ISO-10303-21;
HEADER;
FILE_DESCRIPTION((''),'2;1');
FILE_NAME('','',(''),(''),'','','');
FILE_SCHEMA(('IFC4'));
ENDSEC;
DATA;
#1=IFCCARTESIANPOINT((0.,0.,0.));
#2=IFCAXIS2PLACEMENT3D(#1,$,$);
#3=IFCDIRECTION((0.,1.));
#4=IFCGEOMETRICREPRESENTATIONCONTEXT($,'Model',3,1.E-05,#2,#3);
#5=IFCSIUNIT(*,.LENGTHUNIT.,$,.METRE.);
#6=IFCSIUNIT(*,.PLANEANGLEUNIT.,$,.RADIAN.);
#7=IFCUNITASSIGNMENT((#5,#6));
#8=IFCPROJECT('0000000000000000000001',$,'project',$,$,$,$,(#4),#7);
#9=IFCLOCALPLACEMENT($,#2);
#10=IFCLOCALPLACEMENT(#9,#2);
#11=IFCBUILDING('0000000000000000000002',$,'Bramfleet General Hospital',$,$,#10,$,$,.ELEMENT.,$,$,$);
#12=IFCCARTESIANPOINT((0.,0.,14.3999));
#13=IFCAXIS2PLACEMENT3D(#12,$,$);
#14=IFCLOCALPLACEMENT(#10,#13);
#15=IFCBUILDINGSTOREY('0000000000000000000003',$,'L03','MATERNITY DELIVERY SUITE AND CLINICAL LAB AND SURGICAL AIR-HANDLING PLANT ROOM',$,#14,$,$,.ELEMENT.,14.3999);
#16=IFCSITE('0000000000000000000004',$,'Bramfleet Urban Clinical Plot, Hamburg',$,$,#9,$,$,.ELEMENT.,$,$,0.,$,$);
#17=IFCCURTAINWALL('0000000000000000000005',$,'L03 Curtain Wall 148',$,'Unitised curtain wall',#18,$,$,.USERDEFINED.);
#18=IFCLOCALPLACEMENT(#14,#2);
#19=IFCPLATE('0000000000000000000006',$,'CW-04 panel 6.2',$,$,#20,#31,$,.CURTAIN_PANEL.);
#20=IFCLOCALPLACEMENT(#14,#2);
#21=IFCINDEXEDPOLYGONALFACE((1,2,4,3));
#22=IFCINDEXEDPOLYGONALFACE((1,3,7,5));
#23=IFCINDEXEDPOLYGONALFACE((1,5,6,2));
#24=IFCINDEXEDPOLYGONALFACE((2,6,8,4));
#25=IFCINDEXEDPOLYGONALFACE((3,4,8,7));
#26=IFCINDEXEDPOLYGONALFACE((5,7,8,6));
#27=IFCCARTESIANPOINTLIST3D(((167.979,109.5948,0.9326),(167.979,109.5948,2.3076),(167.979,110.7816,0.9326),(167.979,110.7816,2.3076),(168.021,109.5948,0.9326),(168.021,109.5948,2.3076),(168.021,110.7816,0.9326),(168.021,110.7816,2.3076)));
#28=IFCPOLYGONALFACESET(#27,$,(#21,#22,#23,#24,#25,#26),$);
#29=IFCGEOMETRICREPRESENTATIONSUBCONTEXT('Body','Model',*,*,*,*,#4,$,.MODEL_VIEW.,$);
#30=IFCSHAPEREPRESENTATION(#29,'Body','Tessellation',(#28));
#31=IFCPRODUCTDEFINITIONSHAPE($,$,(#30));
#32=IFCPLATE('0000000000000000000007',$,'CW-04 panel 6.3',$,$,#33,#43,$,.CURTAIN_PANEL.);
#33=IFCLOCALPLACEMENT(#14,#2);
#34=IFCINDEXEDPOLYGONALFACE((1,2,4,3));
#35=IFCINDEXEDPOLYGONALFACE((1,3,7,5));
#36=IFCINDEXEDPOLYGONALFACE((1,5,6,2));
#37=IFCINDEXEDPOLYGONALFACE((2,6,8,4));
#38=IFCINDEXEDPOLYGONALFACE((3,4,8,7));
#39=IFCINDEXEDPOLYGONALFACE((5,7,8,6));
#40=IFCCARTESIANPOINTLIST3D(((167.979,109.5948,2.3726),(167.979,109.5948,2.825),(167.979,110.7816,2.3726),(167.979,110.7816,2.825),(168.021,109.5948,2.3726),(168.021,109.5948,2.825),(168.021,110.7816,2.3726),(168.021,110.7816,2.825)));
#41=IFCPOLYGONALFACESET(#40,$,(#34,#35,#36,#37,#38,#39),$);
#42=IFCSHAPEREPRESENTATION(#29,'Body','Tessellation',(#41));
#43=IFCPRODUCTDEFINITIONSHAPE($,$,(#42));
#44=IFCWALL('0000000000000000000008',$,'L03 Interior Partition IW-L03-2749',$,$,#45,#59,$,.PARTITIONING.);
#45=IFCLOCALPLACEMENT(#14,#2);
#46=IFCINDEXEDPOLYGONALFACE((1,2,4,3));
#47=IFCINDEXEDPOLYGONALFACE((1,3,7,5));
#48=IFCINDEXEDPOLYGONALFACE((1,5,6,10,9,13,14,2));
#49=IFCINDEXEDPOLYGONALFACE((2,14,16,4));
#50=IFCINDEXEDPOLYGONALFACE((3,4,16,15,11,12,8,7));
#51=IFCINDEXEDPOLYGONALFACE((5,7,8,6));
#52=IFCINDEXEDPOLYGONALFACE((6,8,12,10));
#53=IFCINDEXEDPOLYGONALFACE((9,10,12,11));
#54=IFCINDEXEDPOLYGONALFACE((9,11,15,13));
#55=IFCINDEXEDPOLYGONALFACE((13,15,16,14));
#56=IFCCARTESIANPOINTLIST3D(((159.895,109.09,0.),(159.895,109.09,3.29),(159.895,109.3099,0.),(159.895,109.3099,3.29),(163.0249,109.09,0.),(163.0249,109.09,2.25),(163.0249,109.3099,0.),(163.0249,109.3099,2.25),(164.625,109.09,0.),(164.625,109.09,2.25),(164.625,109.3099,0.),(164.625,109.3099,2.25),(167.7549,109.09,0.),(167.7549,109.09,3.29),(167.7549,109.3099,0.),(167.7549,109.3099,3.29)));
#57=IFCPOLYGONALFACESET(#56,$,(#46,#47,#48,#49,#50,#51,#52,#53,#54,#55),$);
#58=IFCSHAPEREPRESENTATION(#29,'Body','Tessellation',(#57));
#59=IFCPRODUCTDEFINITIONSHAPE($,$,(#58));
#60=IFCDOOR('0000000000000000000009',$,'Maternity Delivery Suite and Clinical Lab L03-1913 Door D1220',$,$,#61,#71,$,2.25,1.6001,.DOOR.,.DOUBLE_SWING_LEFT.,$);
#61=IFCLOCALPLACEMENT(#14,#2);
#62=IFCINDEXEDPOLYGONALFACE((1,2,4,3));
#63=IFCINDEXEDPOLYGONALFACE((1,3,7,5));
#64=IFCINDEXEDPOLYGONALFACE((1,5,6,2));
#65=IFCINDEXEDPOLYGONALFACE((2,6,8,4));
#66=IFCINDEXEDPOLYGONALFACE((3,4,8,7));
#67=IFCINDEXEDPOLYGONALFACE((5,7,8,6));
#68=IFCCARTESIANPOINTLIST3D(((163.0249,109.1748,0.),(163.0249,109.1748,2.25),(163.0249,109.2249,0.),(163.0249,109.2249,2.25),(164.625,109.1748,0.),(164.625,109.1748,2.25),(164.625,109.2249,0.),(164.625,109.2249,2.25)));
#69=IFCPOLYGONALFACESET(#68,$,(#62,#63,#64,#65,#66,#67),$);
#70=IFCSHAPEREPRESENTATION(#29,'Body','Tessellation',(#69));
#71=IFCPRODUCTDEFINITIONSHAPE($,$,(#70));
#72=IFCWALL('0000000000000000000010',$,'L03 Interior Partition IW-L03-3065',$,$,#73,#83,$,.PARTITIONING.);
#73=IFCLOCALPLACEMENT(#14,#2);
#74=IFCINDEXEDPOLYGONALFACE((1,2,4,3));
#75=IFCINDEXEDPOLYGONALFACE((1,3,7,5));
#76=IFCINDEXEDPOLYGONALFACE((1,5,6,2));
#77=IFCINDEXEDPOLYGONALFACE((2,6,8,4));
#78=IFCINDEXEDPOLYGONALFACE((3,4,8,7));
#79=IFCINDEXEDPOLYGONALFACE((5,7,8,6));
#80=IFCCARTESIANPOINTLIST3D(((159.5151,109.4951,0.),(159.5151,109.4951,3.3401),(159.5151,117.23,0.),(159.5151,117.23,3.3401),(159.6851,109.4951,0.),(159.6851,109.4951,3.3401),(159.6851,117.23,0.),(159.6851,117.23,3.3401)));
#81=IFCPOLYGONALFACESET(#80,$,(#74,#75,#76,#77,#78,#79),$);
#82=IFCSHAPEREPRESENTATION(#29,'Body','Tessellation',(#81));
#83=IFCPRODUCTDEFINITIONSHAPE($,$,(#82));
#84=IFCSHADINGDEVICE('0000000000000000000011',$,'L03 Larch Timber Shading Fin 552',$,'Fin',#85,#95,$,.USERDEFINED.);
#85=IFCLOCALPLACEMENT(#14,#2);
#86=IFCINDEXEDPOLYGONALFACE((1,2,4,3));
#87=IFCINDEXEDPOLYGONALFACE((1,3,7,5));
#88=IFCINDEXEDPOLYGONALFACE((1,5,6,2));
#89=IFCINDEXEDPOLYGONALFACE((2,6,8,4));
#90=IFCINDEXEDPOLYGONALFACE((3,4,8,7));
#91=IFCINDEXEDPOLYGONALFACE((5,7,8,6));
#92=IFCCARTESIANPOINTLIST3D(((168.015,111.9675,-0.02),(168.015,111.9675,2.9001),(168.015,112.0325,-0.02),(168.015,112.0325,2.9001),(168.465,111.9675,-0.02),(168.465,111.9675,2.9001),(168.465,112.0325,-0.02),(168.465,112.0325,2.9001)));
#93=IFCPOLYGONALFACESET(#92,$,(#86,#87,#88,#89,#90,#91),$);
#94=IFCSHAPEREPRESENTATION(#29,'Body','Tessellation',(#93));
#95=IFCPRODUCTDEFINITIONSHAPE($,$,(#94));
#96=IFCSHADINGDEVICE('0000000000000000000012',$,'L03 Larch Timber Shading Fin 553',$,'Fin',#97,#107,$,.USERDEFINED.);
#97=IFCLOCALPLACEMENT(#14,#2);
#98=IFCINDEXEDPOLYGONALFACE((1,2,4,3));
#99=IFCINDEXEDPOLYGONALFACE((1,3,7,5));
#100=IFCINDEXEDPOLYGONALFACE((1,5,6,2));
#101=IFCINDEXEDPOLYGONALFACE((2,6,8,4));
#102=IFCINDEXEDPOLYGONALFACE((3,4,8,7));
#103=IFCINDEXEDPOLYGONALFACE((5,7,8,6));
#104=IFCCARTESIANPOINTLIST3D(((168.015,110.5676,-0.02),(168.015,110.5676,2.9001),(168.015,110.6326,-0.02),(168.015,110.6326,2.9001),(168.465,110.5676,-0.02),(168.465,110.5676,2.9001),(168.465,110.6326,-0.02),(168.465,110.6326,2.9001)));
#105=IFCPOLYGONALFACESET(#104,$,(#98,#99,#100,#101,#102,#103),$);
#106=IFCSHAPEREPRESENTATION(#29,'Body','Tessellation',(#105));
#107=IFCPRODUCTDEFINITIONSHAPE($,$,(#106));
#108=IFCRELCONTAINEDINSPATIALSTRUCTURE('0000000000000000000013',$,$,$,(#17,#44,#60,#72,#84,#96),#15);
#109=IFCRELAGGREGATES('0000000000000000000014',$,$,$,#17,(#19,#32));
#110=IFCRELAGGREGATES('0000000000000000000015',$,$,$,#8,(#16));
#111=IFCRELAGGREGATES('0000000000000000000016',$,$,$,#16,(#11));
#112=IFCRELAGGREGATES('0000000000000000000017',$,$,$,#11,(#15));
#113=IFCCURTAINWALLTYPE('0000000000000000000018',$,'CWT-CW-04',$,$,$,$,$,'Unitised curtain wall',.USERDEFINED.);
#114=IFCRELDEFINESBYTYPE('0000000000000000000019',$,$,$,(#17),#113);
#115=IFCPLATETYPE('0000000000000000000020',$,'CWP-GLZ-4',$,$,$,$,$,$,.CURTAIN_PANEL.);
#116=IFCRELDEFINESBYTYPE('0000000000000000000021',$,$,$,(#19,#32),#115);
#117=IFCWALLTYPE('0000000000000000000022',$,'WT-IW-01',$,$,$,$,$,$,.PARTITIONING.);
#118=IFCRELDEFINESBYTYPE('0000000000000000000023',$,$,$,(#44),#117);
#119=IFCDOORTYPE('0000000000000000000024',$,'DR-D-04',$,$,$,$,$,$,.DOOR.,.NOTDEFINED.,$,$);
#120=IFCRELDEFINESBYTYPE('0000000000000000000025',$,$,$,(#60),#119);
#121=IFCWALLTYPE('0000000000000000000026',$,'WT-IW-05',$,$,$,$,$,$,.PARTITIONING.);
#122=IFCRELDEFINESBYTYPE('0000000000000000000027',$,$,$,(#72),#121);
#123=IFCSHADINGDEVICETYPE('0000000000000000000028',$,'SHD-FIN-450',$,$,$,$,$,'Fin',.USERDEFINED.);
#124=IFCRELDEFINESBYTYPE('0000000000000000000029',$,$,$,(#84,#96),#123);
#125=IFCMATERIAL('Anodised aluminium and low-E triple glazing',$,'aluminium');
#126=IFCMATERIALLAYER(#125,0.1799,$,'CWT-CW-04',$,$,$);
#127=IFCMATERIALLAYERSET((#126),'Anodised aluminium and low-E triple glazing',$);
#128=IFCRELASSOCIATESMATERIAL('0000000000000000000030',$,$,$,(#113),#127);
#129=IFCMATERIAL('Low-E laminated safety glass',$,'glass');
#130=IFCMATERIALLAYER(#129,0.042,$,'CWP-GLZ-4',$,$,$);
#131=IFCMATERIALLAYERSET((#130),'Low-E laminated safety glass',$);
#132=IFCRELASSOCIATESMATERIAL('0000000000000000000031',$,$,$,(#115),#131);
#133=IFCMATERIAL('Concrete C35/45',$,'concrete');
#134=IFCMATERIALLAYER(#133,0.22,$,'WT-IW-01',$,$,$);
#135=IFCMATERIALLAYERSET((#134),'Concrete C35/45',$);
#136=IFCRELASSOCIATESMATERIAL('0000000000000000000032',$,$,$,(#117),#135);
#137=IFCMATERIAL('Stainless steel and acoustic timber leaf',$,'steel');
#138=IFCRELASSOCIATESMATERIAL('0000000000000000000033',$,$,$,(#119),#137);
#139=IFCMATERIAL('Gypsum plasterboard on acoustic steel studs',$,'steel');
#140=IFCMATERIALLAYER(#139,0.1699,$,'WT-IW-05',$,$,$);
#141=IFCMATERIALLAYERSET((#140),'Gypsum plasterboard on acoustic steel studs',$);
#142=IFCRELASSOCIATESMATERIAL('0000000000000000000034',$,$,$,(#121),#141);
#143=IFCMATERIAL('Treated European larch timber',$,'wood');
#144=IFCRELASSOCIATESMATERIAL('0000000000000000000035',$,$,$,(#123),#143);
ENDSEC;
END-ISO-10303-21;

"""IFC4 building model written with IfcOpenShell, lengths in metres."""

from ifc_helpers import new_model, si_unit, direction, frame, frame_2d, origin, origin_2d, place, context, subcontext, project, spatial, rectangle, extrude, material, layer, layer_set, material_profile, profile_set, type_object, element, fill, aggregate, save


model = new_model("IFC4")

# Units and contexts
model_context = context("Model", 3, precision=1e-05, world=origin(), true_north=direction((0.0, 1.0)))
body_context = subcontext(model_context, "Body", "Model", "MODEL_VIEW")
ifc_project = project(units=[si_unit("LENGTHUNIT", "METRE"), si_unit("PLANEANGLEUNIT", "RADIAN")], contexts=[model_context])

# Site, building, storey
site_placement = place(None, origin())
site = spatial("IfcSite", under=ifc_project, at=site_placement, Name="Bramfleet Urban Clinical Plot, Hamburg", CompositionType="ELEMENT", RefElevation=0.0)
building_placement = place(site_placement, origin())
building = spatial("IfcBuilding", under=site, at=building_placement, Name="Bramfleet General Hospital", CompositionType="ELEMENT")
storey_placement = place(building_placement, frame((0.0, 0.0, 14.3999)))
storey = spatial("IfcBuildingStorey", under=building, at=storey_placement, Name="L03", Description="MATERNITY DELIVERY SUITE AND CLINICAL LAB AND SURGICAL AIR-HANDLING PLANT ROOM", CompositionType="ELEMENT", Elevation=14.3999)

# Shared definitions
ifc_material_1 = material(Name="Concrete C35/45", Category="concrete")

# Curtain wall
ifc_material_2 = material(Name="Anodised aluminium and low-E triple glazing", Category="aluminium")
ifc_layer_1 = layer(ifc_material_2, 0.1799, Name="CWT-CW-04")
ifc_layer_set_1 = layer_set([ifc_layer_1], Name="Anodised aluminium and low-E triple glazing")
curtain_wall_type_1 = type_object("IfcCurtainWallType", Name="CWT-CW-04", ElementType="Unitised curtain wall", PredefinedType="USERDEFINED", material=ifc_layer_set_1)
curtain_wall_1_placement = place(storey_placement, origin())
curtain_wall_1 = element("IfcCurtainWall", 1, at=curtain_wall_1_placement, inside=storey, type_object=curtain_wall_type_1, Name="L03 Curtain Wall 148", ObjectType="Unitised curtain wall", PredefinedType="USERDEFINED")

# Plates
ifc_material_3 = material(Name="Low-E laminated safety glass", Category="glass")
ifc_layer_2 = layer(ifc_material_3, 0.042, Name="CWP-GLZ-4")
ifc_layer_set_2 = layer_set([ifc_layer_2], Name="Low-E laminated safety glass")
plate_type = type_object("IfcPlateType", Name="CWP-GLZ-4", PredefinedType="CURTAIN_PANEL", material=ifc_layer_set_2)
plate_1_placement = place(storey_placement, frame((168.0, 110.1882, 0.9326), z_axis=(0.0, 0.0, 1.0), x_axis=(0.0, -1.0, 0.0)))
plate_1 = element("IfcPlate", 2, at=plate_1_placement, type_object=plate_type, Name="CW-04 panel 6.2", PredefinedType="CURTAIN_PANEL", context=body_context, shape_type="SweptSolid", body=[
    extrude(rectangle(XDim=1.1868, YDim=0.042, at=origin_2d()), origin(), (0.0, 0.0, 1.0), 1.375),
])
plate_2_placement = place(storey_placement, frame((168.0, 110.1882, 2.3726), z_axis=(0.0, 0.0, 1.0), x_axis=(0.0, -1.0, 0.0)))
plate_2 = element("IfcPlate", 3, at=plate_2_placement, type_object=plate_type, Name="CW-04 panel 6.3", PredefinedType="CURTAIN_PANEL", context=body_context, shape_type="SweptSolid", body=[
    extrude(rectangle(XDim=1.1868, YDim=0.042, at=origin_2d()), origin(), (0.0, 0.0, 1.0), 0.4524),
])
aggregate(curtain_wall_1, [plate_1, plate_2])

# Wall, opening, door
ifc_layer_3 = layer(ifc_material_1, 0.22, Name="WT-IW-01")
ifc_layer_set_3 = layer_set([ifc_layer_3], Name="Concrete C35/45")
wall_type_1 = type_object("IfcWallType", Name="WT-IW-01", PredefinedType="PARTITIONING", material=ifc_layer_set_3)
wall_1_placement = place(storey_placement, frame((159.895, 109.2, 0.0), z_axis=(0.0, 0.0, 1.0), x_axis=(1.0, 0.0, 0.0)))
wall_1 = element("IfcWall", 4, at=wall_1_placement, inside=storey, type_object=wall_type_1, Name="L03 Interior Partition IW-L03-2749", PredefinedType="PARTITIONING", context=body_context, shape_type="SweptSolid", body=[
    extrude(rectangle(XDim=7.8599, YDim=0.22, at=frame_2d((3.9299, 0.0))), origin(), (0.0, 0.0, 1.0), 3.29),
])
opening_placement = place(wall_1_placement, frame((3.1299, 0.0, 0.0)))
opening = element("IfcOpeningElement", 5, at=opening_placement, cuts=wall_1, PredefinedType="OPENING", context=body_context, shape_type="SweptSolid", body=[
    extrude(rectangle(XDim=1.6001, YDim=2.25, at=frame_2d((0.8, 1.125))), frame((0.0, 0.1199, 0.0), z_axis=(0.0, -1.0, 0.0), x_axis=(1.0, 0.0, 0.0)), (0.0, 0.0, 1.0), 0.24),
])
ifc_material_4 = material(Name="Stainless steel and acoustic timber leaf", Category="steel")
door_type = type_object("IfcDoorType", Name="DR-D-04", OperationType="NOTDEFINED", PredefinedType="DOOR", material=ifc_material_4)
door_placement = place(opening_placement, origin())
door = element("IfcDoor", 6, at=door_placement, inside=storey, type_object=door_type, Name="Maternity Delivery Suite and Clinical Lab L03-1913 Door D1220", OperationType="DOUBLE_SWING_LEFT", OverallHeight=2.25, OverallWidth=1.6001, PredefinedType="DOOR", context=body_context, shape_type="SweptSolid", body=[
    extrude(rectangle(XDim=1.6001, YDim=2.25, at=frame_2d((0.8, 1.125))), frame((0.0, 0.0249, 0.0), z_axis=(0.0, -1.0, 0.0), x_axis=(1.0, 0.0, 0.0)), (0.0, 0.0, 1.0), 0.05),
])
fill(opening, door)

# Wall
ifc_material_5 = material(Name="Gypsum plasterboard on acoustic steel studs", Category="steel")
ifc_layer_4 = layer(ifc_material_5, 0.1699, Name="WT-IW-05")
ifc_layer_set_4 = layer_set([ifc_layer_4], Name="Gypsum plasterboard on acoustic steel studs")
wall_type_2 = type_object("IfcWallType", Name="WT-IW-05", PredefinedType="PARTITIONING", material=ifc_layer_set_4)
wall_2_placement = place(storey_placement, frame((159.6001, 109.4951, 0.0), z_axis=(0.0, 0.0, 1.0), x_axis=(0.0, 1.0, 0.0)))
element("IfcWall", 7, at=wall_2_placement, inside=storey, type_object=wall_type_2, Name="L03 Interior Partition IW-L03-3065", PredefinedType="PARTITIONING", context=body_context, shape_type="SweptSolid", body=[
    extrude(rectangle(XDim=7.7349, YDim=0.1699, at=frame_2d((3.8674, 0.0))), origin(), (0.0, 0.0, 1.0), 3.3401),
])

# Shading devices
ifc_material_6 = material(Name="Treated European larch timber", Category="wood")
ifc_material_profile_1 = material_profile(ifc_material_6, rectangle(XDim=0.0649, YDim=0.45, at=origin_2d()), Name="LARCH FIN 450x65")
ifc_profile_set_1 = profile_set([ifc_material_profile_1], Name="Treated European larch timber")
shading_device_type = type_object("IfcShadingDeviceType", Name="SHD-FIN-450", ElementType="Fin", PredefinedType="USERDEFINED", material=ifc_profile_set_1)
for number, where, z_axis, x_axis, name in (
    (8, (168.24, 112.0, -0.02), (0.0, 0.0, 1.0), (0.0, -1.0, 0.0), "L03 Larch Timber Shading Fin 552"),
    (9, (168.24, 110.6001, -0.02), (0.0, 0.0, 1.0), (0.0, -1.0, 0.0), "L03 Larch Timber Shading Fin 553"),
):
    element("IfcShadingDevice", number, at=place(storey_placement, frame(where, z_axis=z_axis, x_axis=x_axis)), inside=storey, type_object=shading_device_type, Name=name, ObjectType="Fin", PredefinedType="USERDEFINED", context=body_context, shape_type="SweptSolid", body=[
        extrude(rectangle(XDim=0.0649, YDim=0.45, at=origin_2d()), origin(), (0.0, 0.0, 1.0), 2.9202),
    ])

save(model, "model.ifc")
